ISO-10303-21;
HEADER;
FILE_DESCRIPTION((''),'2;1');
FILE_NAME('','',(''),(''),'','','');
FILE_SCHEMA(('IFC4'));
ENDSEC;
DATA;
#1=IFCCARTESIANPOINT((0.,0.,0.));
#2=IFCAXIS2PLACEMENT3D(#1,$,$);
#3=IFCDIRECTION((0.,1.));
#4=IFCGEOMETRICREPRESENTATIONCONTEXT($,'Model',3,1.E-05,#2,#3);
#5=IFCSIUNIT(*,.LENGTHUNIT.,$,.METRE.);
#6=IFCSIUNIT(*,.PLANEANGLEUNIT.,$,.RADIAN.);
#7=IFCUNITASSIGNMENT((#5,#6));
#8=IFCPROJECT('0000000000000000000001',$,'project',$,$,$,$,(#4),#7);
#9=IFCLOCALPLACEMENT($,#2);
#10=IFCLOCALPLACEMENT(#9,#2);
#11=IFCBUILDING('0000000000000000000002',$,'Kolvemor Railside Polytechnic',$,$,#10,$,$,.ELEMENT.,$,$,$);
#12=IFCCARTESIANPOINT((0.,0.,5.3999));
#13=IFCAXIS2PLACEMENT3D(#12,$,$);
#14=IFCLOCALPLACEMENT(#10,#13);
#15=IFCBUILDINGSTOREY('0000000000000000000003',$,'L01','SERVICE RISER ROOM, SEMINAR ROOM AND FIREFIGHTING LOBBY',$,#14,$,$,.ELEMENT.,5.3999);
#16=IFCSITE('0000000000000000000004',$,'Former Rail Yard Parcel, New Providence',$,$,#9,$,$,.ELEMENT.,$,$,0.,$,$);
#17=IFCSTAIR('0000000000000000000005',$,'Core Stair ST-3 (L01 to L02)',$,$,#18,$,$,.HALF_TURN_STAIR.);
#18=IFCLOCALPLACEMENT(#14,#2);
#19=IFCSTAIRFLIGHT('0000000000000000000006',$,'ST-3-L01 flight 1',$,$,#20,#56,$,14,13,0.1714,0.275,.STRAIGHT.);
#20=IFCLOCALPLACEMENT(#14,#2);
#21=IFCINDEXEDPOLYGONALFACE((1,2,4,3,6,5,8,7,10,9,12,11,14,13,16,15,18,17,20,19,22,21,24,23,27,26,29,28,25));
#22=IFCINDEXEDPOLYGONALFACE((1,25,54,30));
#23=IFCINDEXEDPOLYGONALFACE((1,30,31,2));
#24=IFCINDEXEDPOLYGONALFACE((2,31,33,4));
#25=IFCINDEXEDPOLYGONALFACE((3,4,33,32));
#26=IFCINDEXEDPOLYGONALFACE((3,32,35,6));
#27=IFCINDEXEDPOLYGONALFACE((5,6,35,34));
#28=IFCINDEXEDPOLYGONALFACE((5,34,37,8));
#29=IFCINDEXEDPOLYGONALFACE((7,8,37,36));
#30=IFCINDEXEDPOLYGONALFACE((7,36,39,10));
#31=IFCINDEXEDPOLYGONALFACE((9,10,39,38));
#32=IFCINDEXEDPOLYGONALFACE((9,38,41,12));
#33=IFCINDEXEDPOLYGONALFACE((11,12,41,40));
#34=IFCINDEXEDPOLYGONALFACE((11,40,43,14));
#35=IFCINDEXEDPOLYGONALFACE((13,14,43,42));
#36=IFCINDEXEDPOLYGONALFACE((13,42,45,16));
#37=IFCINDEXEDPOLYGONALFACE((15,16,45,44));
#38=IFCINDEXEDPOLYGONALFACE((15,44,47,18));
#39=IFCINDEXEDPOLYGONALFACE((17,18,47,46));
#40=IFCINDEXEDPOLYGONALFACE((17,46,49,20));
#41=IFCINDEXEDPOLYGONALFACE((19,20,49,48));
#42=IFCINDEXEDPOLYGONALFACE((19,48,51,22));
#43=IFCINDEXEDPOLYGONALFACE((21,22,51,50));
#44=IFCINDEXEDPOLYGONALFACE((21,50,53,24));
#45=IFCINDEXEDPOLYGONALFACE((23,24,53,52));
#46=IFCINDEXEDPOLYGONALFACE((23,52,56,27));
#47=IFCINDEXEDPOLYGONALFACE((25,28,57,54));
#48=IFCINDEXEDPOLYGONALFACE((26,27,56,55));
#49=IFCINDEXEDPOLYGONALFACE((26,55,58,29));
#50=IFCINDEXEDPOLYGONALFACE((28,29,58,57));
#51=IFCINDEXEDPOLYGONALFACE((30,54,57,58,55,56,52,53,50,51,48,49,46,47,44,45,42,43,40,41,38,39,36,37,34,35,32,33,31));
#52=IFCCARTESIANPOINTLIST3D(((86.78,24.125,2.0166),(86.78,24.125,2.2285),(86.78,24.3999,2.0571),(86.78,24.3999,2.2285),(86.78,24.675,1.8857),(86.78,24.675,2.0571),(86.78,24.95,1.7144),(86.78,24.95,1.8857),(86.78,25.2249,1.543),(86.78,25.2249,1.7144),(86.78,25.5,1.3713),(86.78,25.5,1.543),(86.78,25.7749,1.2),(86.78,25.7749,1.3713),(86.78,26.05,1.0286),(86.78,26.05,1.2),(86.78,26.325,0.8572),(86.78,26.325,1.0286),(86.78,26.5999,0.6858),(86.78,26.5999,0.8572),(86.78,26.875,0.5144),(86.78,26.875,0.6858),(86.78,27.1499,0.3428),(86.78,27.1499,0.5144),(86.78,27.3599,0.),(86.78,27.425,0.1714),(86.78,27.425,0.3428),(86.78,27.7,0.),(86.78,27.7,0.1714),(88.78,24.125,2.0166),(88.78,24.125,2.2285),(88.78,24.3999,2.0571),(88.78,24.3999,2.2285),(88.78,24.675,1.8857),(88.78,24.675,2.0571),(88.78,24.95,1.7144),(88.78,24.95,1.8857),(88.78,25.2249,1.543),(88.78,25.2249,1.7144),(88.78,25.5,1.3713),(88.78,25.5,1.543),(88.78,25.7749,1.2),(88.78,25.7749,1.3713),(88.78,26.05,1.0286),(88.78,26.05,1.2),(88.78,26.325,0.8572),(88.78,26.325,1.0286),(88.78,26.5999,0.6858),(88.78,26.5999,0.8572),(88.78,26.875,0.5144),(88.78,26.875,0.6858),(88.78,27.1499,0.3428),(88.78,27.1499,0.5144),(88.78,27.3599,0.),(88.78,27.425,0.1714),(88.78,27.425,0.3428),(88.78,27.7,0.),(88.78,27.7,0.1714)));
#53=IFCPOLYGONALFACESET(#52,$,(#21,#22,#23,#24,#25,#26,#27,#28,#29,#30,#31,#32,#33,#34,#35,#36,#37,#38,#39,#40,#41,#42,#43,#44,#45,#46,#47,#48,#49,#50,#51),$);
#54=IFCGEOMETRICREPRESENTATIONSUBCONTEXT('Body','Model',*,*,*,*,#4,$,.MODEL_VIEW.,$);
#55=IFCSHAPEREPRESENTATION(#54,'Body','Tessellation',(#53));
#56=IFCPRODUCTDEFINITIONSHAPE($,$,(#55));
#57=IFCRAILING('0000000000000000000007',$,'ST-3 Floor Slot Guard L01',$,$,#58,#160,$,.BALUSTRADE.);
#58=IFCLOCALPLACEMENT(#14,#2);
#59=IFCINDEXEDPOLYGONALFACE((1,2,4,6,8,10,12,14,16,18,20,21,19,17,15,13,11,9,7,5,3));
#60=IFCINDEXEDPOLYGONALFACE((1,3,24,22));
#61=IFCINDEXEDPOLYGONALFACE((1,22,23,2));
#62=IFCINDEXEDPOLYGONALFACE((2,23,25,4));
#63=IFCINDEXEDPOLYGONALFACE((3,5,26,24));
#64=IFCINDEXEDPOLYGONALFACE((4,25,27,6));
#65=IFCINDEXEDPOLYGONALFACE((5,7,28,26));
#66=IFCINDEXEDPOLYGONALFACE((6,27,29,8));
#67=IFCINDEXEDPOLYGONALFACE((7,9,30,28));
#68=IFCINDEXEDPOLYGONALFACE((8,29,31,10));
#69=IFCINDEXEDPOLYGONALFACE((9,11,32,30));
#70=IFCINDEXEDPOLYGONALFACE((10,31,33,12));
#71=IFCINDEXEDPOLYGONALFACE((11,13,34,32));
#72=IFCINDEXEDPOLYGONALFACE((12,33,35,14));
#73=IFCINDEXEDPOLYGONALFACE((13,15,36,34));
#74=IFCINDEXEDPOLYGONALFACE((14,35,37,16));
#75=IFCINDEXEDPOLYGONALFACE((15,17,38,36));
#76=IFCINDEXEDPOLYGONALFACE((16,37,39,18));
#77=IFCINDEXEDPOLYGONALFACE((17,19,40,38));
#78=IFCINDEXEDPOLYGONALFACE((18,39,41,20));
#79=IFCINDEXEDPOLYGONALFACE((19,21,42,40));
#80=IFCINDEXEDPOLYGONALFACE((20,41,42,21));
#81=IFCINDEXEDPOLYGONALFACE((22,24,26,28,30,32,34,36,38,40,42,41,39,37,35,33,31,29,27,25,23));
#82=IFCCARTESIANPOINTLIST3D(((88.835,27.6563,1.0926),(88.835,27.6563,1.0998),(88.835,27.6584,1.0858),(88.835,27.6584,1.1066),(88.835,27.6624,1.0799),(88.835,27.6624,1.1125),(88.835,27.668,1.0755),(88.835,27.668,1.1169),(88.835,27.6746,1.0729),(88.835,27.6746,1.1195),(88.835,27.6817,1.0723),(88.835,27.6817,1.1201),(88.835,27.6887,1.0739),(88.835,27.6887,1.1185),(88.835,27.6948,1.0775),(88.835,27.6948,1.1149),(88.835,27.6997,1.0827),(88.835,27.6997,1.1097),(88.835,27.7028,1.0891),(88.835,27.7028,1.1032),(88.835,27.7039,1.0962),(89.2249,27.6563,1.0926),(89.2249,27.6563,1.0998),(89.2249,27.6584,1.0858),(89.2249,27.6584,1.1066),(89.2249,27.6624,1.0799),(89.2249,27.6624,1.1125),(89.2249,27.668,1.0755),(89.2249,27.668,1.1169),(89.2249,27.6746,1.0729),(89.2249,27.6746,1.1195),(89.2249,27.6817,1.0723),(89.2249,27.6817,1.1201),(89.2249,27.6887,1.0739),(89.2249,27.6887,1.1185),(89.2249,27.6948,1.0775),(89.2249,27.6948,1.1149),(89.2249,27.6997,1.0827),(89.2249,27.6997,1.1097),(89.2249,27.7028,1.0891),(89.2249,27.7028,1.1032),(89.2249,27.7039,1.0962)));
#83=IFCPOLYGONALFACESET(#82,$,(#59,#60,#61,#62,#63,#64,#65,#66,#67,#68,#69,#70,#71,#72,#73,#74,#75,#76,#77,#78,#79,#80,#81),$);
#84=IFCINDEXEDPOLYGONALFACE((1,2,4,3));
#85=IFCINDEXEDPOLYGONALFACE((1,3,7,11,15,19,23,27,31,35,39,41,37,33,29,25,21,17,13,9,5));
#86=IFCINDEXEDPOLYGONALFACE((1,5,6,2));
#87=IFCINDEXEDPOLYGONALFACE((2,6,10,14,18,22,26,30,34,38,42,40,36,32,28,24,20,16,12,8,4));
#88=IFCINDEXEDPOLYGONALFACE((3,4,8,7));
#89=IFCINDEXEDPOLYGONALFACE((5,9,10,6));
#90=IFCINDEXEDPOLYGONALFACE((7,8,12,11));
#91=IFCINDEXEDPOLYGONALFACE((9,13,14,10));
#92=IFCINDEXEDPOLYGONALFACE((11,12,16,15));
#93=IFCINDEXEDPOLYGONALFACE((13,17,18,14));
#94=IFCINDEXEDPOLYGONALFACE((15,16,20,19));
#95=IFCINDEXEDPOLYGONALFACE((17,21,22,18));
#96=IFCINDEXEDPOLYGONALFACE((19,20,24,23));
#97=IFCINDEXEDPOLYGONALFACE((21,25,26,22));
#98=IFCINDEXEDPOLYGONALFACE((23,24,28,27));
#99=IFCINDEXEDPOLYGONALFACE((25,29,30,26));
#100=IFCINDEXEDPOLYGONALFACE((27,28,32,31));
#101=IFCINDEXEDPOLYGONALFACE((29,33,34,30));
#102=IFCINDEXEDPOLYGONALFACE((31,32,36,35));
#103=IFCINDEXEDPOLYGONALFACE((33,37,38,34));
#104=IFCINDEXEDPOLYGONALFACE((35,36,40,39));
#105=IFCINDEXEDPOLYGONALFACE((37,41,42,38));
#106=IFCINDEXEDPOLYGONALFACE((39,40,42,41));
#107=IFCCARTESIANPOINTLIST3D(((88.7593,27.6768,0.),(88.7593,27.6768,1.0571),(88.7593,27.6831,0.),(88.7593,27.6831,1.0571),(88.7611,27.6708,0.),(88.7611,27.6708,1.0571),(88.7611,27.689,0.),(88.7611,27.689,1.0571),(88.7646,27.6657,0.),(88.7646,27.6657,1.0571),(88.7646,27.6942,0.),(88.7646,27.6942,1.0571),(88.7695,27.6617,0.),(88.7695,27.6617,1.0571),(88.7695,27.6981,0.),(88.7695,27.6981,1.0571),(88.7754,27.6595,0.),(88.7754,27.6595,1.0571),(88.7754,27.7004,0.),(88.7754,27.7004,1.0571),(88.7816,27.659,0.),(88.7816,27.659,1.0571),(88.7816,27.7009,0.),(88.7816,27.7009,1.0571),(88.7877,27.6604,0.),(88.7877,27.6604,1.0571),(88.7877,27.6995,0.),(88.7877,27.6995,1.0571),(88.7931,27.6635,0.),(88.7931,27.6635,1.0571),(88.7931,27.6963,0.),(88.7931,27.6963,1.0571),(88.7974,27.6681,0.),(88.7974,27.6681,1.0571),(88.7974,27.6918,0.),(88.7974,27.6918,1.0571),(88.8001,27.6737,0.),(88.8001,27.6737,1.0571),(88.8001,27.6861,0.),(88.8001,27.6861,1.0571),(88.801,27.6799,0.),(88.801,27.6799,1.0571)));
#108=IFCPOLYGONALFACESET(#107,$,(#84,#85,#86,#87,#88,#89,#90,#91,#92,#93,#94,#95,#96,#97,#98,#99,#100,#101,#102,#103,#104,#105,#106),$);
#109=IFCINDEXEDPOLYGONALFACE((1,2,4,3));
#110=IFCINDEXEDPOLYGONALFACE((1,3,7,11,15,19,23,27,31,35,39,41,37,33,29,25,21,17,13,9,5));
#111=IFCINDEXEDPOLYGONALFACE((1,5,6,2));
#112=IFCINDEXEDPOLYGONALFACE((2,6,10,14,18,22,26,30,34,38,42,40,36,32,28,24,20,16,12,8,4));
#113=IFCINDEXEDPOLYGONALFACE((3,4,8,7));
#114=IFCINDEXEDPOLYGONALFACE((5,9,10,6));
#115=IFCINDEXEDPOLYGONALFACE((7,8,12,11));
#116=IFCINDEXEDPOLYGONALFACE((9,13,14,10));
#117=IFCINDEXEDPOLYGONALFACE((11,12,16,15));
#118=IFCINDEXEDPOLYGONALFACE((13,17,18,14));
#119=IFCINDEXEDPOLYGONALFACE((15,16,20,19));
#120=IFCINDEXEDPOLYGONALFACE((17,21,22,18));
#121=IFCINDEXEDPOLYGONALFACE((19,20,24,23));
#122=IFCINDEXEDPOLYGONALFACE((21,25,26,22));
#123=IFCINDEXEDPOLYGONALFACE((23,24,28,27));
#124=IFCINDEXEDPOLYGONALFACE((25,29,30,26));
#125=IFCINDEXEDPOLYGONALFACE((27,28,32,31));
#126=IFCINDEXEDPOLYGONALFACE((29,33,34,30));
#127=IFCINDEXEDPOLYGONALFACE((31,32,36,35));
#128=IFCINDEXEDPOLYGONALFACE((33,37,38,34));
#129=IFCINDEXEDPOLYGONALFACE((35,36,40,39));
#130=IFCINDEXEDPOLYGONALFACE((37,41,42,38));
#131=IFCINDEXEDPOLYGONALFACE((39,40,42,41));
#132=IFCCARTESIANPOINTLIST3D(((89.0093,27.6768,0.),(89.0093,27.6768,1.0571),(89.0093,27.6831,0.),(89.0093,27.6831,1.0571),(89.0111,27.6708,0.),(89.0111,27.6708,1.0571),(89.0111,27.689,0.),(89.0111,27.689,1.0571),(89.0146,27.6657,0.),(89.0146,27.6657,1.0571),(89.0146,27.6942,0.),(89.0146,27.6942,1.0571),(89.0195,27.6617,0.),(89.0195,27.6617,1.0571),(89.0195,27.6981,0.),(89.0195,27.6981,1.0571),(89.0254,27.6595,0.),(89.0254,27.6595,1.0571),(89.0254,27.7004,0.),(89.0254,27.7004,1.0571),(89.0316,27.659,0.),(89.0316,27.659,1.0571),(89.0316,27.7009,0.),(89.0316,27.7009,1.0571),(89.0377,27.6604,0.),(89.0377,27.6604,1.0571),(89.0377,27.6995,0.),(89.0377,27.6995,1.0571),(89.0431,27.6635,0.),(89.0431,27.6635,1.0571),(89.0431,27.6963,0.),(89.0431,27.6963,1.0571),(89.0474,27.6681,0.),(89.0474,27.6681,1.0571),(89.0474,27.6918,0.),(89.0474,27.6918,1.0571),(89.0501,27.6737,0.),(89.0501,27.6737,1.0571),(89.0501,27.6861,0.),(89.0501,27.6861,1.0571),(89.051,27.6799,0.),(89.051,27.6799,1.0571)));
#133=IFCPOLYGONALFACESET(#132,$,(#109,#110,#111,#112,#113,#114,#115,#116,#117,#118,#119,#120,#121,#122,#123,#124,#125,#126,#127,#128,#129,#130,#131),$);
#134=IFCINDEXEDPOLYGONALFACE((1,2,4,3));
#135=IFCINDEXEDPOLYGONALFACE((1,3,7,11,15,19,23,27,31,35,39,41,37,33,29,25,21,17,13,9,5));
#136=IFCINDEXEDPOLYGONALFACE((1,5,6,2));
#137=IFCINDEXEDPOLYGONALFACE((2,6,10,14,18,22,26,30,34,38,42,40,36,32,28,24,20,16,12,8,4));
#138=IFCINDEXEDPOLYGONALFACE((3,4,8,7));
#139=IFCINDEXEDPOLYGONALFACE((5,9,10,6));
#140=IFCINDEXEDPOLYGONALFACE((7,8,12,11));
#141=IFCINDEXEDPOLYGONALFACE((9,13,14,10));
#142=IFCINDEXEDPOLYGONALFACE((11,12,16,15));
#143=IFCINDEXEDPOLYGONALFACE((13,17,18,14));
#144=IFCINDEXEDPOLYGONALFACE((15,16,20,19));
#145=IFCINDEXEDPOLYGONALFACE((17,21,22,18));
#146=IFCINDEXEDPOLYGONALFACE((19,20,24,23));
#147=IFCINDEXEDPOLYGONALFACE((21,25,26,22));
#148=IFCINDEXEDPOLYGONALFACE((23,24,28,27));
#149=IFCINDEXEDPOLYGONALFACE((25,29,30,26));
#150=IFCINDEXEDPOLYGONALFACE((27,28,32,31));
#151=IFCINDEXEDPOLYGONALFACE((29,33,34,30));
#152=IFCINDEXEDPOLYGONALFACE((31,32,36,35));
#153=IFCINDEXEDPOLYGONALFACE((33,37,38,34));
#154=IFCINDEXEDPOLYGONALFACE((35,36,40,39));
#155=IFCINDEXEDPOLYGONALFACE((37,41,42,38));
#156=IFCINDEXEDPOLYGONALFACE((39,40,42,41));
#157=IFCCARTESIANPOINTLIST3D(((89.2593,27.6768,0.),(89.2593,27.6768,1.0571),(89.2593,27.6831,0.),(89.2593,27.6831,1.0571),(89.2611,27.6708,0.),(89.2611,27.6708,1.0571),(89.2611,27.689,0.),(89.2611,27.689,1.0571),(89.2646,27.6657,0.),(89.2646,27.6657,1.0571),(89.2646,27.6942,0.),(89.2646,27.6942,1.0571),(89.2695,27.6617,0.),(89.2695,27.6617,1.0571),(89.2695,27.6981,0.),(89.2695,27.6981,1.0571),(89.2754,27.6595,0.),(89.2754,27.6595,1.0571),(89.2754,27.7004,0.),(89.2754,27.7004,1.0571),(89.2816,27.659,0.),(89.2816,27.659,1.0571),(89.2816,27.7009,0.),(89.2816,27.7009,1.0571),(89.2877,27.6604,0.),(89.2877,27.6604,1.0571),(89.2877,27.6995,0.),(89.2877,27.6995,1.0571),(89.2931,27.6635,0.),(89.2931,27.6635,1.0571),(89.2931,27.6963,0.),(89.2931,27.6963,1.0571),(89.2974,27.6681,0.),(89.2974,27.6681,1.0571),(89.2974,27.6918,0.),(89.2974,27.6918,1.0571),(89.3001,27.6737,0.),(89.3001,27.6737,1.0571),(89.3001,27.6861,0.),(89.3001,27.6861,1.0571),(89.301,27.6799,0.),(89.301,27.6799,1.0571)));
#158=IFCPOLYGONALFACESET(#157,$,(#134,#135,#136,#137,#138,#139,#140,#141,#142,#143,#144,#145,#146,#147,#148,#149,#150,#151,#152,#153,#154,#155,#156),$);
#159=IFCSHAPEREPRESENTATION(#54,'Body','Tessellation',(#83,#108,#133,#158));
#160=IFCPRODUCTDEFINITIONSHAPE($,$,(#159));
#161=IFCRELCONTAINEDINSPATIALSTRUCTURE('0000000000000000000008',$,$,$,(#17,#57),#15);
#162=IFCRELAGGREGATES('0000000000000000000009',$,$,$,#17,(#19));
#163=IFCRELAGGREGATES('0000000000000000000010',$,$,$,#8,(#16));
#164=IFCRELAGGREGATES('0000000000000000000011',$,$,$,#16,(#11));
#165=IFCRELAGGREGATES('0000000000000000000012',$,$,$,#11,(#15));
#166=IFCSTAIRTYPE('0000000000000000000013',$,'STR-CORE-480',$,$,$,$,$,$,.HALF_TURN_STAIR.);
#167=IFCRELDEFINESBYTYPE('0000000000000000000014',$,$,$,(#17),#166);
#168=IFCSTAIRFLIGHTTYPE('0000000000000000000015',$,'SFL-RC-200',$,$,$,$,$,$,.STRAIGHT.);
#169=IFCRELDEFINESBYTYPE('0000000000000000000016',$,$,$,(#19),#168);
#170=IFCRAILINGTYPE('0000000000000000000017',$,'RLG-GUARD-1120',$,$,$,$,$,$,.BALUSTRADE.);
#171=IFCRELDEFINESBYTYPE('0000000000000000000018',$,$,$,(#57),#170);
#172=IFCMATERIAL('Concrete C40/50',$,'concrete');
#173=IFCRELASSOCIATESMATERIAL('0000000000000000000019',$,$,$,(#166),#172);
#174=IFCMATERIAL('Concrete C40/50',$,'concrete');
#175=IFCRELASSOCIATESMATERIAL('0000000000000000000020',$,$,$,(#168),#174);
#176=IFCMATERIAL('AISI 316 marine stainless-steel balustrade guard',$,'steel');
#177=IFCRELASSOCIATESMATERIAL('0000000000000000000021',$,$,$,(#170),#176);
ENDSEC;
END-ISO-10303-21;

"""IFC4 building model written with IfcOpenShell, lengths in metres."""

from ifc_helpers import new_model, si_unit, direction, frame, origin, origin_2d, place, context, subcontext, project, spatial, polyline, circle, outline, extrude, material, type_object, element, aggregate, save


model = new_model("IFC4")

# Units and contexts
model_context = context("Model", 3, precision=1e-05, world=origin(), true_north=direction((0.0, 1.0)))
body_context = subcontext(model_context, "Body", "Model", "MODEL_VIEW")
ifc_project = project(units=[si_unit("LENGTHUNIT", "METRE"), si_unit("PLANEANGLEUNIT", "RADIAN")], contexts=[model_context])

# Site, building, storey
site_placement = place(None, origin())
site = spatial("IfcSite", under=ifc_project, at=site_placement, Name="Former Rail Yard Parcel, New Providence", CompositionType="ELEMENT", RefElevation=0.0)
building_placement = place(site_placement, origin())
building = spatial("IfcBuilding", under=site, at=building_placement, Name="Kolvemor Railside Polytechnic", CompositionType="ELEMENT")
storey_placement = place(building_placement, frame((0.0, 0.0, 5.3999)))
storey = spatial("IfcBuildingStorey", under=building, at=storey_placement, Name="L01", Description="SERVICE RISER ROOM, SEMINAR ROOM AND FIREFIGHTING LOBBY", CompositionType="ELEMENT", Elevation=5.3999)

# Stair, stair flight
ifc_material_1 = material(Name="Concrete C40/50", Category="concrete")
stair_type = type_object("IfcStairType", Name="STR-CORE-480", PredefinedType="HALF_TURN_STAIR", material=ifc_material_1)
stair_placement = place(storey_placement, origin())
stair = element("IfcStair", 1, at=stair_placement, inside=storey, type_object=stair_type, Name="Core Stair ST-3 (L01 to L02)", PredefinedType="HALF_TURN_STAIR")
ifc_material_2 = material(Name="Concrete C40/50", Category="concrete")
stair_flight_type = type_object("IfcStairFlightType", Name="SFL-RC-200", PredefinedType="STRAIGHT", material=ifc_material_2)
stair_flight_placement = place(storey_placement, frame((87.78, 27.7, 0.0), z_axis=(0.0, 0.0, 1.0), x_axis=(0.0, -1.0, 0.0)))
stair_flight = element("IfcStairFlight", 2, at=stair_flight_placement, type_object=stair_flight_type, Name="ST-3-L01 flight 1", NumberOfRisers=14, NumberOfTreads=13, PredefinedType="STRAIGHT", RiserHeight=0.1714, TreadLength=0.275, context=body_context, shape_type="SweptSolid", body=[
    extrude(outline(polyline([(0.0, 0.0), (0.0, 0.1714), (0.2749, 0.1714), (0.2749, 0.3428), (0.55, 0.3428), (0.55, 0.5144), (0.825, 0.5144), (0.825, 0.6858), (1.1001, 0.6858), (1.1001, 0.8572), (1.375, 0.8572), (1.375, 1.0286), (1.6499, 1.0286), (1.6499, 1.2), (1.925, 1.2), (1.925, 1.3713), (2.2, 1.3713), (2.2, 1.543), (2.4751, 1.543), (2.4751, 1.7144), (2.75, 1.7144), (2.75, 1.8857), (3.0249, 1.8857), (3.0249, 2.0571), (3.3, 2.0571), (3.3, 2.2285), (3.575, 2.2285), (3.575, 2.3999), (3.575, 2.0166), (0.3401, 0.0), (0.0, 0.0)])), frame((0.0, 1.0, 0.0), z_axis=(0.0, -1.0, 0.0), x_axis=(1.0, 0.0, 0.0)), (0.0, 0.0, 1.0), 2.0),
])
aggregate(stair, [stair_flight])

# Railing
ifc_material_3 = material(Name="AISI 316 marine stainless-steel balustrade guard", Category="steel")
railing_type = type_object("IfcRailingType", Name="RLG-GUARD-1120", PredefinedType="BALUSTRADE", material=ifc_material_3)
railing_placement = place(storey_placement, frame((88.78, 27.6799, 0.0)))
element("IfcRailing", 3, at=railing_placement, inside=storey, type_object=railing_type, Name="ST-3 Floor Slot Guard L01", PredefinedType="BALUSTRADE", context=body_context, shape_type="SweptSolid", body=[
    extrude(circle(Radius=0.0239, at=origin_2d()), frame((0.0549, 0.0, 1.0962), z_axis=(1.0, 0.0, 0.0), x_axis=(0.0, 1.0, 0.0)), (0.0, 0.0, 1.0), 0.3899),
    extrude(circle(Radius=0.021, at=origin_2d()), origin(), (0.0, 0.0, 1.0), 1.0571),
    extrude(circle(Radius=0.021, at=origin_2d()), frame((0.25, 0.0, 0.0)), (0.0, 0.0, 1.0), 1.0571),
    extrude(circle(Radius=0.021, at=origin_2d()), frame((0.5, 0.0, 0.0)), (0.0, 0.0, 1.0), 1.0571),
])

save(model, "model.ifc")
